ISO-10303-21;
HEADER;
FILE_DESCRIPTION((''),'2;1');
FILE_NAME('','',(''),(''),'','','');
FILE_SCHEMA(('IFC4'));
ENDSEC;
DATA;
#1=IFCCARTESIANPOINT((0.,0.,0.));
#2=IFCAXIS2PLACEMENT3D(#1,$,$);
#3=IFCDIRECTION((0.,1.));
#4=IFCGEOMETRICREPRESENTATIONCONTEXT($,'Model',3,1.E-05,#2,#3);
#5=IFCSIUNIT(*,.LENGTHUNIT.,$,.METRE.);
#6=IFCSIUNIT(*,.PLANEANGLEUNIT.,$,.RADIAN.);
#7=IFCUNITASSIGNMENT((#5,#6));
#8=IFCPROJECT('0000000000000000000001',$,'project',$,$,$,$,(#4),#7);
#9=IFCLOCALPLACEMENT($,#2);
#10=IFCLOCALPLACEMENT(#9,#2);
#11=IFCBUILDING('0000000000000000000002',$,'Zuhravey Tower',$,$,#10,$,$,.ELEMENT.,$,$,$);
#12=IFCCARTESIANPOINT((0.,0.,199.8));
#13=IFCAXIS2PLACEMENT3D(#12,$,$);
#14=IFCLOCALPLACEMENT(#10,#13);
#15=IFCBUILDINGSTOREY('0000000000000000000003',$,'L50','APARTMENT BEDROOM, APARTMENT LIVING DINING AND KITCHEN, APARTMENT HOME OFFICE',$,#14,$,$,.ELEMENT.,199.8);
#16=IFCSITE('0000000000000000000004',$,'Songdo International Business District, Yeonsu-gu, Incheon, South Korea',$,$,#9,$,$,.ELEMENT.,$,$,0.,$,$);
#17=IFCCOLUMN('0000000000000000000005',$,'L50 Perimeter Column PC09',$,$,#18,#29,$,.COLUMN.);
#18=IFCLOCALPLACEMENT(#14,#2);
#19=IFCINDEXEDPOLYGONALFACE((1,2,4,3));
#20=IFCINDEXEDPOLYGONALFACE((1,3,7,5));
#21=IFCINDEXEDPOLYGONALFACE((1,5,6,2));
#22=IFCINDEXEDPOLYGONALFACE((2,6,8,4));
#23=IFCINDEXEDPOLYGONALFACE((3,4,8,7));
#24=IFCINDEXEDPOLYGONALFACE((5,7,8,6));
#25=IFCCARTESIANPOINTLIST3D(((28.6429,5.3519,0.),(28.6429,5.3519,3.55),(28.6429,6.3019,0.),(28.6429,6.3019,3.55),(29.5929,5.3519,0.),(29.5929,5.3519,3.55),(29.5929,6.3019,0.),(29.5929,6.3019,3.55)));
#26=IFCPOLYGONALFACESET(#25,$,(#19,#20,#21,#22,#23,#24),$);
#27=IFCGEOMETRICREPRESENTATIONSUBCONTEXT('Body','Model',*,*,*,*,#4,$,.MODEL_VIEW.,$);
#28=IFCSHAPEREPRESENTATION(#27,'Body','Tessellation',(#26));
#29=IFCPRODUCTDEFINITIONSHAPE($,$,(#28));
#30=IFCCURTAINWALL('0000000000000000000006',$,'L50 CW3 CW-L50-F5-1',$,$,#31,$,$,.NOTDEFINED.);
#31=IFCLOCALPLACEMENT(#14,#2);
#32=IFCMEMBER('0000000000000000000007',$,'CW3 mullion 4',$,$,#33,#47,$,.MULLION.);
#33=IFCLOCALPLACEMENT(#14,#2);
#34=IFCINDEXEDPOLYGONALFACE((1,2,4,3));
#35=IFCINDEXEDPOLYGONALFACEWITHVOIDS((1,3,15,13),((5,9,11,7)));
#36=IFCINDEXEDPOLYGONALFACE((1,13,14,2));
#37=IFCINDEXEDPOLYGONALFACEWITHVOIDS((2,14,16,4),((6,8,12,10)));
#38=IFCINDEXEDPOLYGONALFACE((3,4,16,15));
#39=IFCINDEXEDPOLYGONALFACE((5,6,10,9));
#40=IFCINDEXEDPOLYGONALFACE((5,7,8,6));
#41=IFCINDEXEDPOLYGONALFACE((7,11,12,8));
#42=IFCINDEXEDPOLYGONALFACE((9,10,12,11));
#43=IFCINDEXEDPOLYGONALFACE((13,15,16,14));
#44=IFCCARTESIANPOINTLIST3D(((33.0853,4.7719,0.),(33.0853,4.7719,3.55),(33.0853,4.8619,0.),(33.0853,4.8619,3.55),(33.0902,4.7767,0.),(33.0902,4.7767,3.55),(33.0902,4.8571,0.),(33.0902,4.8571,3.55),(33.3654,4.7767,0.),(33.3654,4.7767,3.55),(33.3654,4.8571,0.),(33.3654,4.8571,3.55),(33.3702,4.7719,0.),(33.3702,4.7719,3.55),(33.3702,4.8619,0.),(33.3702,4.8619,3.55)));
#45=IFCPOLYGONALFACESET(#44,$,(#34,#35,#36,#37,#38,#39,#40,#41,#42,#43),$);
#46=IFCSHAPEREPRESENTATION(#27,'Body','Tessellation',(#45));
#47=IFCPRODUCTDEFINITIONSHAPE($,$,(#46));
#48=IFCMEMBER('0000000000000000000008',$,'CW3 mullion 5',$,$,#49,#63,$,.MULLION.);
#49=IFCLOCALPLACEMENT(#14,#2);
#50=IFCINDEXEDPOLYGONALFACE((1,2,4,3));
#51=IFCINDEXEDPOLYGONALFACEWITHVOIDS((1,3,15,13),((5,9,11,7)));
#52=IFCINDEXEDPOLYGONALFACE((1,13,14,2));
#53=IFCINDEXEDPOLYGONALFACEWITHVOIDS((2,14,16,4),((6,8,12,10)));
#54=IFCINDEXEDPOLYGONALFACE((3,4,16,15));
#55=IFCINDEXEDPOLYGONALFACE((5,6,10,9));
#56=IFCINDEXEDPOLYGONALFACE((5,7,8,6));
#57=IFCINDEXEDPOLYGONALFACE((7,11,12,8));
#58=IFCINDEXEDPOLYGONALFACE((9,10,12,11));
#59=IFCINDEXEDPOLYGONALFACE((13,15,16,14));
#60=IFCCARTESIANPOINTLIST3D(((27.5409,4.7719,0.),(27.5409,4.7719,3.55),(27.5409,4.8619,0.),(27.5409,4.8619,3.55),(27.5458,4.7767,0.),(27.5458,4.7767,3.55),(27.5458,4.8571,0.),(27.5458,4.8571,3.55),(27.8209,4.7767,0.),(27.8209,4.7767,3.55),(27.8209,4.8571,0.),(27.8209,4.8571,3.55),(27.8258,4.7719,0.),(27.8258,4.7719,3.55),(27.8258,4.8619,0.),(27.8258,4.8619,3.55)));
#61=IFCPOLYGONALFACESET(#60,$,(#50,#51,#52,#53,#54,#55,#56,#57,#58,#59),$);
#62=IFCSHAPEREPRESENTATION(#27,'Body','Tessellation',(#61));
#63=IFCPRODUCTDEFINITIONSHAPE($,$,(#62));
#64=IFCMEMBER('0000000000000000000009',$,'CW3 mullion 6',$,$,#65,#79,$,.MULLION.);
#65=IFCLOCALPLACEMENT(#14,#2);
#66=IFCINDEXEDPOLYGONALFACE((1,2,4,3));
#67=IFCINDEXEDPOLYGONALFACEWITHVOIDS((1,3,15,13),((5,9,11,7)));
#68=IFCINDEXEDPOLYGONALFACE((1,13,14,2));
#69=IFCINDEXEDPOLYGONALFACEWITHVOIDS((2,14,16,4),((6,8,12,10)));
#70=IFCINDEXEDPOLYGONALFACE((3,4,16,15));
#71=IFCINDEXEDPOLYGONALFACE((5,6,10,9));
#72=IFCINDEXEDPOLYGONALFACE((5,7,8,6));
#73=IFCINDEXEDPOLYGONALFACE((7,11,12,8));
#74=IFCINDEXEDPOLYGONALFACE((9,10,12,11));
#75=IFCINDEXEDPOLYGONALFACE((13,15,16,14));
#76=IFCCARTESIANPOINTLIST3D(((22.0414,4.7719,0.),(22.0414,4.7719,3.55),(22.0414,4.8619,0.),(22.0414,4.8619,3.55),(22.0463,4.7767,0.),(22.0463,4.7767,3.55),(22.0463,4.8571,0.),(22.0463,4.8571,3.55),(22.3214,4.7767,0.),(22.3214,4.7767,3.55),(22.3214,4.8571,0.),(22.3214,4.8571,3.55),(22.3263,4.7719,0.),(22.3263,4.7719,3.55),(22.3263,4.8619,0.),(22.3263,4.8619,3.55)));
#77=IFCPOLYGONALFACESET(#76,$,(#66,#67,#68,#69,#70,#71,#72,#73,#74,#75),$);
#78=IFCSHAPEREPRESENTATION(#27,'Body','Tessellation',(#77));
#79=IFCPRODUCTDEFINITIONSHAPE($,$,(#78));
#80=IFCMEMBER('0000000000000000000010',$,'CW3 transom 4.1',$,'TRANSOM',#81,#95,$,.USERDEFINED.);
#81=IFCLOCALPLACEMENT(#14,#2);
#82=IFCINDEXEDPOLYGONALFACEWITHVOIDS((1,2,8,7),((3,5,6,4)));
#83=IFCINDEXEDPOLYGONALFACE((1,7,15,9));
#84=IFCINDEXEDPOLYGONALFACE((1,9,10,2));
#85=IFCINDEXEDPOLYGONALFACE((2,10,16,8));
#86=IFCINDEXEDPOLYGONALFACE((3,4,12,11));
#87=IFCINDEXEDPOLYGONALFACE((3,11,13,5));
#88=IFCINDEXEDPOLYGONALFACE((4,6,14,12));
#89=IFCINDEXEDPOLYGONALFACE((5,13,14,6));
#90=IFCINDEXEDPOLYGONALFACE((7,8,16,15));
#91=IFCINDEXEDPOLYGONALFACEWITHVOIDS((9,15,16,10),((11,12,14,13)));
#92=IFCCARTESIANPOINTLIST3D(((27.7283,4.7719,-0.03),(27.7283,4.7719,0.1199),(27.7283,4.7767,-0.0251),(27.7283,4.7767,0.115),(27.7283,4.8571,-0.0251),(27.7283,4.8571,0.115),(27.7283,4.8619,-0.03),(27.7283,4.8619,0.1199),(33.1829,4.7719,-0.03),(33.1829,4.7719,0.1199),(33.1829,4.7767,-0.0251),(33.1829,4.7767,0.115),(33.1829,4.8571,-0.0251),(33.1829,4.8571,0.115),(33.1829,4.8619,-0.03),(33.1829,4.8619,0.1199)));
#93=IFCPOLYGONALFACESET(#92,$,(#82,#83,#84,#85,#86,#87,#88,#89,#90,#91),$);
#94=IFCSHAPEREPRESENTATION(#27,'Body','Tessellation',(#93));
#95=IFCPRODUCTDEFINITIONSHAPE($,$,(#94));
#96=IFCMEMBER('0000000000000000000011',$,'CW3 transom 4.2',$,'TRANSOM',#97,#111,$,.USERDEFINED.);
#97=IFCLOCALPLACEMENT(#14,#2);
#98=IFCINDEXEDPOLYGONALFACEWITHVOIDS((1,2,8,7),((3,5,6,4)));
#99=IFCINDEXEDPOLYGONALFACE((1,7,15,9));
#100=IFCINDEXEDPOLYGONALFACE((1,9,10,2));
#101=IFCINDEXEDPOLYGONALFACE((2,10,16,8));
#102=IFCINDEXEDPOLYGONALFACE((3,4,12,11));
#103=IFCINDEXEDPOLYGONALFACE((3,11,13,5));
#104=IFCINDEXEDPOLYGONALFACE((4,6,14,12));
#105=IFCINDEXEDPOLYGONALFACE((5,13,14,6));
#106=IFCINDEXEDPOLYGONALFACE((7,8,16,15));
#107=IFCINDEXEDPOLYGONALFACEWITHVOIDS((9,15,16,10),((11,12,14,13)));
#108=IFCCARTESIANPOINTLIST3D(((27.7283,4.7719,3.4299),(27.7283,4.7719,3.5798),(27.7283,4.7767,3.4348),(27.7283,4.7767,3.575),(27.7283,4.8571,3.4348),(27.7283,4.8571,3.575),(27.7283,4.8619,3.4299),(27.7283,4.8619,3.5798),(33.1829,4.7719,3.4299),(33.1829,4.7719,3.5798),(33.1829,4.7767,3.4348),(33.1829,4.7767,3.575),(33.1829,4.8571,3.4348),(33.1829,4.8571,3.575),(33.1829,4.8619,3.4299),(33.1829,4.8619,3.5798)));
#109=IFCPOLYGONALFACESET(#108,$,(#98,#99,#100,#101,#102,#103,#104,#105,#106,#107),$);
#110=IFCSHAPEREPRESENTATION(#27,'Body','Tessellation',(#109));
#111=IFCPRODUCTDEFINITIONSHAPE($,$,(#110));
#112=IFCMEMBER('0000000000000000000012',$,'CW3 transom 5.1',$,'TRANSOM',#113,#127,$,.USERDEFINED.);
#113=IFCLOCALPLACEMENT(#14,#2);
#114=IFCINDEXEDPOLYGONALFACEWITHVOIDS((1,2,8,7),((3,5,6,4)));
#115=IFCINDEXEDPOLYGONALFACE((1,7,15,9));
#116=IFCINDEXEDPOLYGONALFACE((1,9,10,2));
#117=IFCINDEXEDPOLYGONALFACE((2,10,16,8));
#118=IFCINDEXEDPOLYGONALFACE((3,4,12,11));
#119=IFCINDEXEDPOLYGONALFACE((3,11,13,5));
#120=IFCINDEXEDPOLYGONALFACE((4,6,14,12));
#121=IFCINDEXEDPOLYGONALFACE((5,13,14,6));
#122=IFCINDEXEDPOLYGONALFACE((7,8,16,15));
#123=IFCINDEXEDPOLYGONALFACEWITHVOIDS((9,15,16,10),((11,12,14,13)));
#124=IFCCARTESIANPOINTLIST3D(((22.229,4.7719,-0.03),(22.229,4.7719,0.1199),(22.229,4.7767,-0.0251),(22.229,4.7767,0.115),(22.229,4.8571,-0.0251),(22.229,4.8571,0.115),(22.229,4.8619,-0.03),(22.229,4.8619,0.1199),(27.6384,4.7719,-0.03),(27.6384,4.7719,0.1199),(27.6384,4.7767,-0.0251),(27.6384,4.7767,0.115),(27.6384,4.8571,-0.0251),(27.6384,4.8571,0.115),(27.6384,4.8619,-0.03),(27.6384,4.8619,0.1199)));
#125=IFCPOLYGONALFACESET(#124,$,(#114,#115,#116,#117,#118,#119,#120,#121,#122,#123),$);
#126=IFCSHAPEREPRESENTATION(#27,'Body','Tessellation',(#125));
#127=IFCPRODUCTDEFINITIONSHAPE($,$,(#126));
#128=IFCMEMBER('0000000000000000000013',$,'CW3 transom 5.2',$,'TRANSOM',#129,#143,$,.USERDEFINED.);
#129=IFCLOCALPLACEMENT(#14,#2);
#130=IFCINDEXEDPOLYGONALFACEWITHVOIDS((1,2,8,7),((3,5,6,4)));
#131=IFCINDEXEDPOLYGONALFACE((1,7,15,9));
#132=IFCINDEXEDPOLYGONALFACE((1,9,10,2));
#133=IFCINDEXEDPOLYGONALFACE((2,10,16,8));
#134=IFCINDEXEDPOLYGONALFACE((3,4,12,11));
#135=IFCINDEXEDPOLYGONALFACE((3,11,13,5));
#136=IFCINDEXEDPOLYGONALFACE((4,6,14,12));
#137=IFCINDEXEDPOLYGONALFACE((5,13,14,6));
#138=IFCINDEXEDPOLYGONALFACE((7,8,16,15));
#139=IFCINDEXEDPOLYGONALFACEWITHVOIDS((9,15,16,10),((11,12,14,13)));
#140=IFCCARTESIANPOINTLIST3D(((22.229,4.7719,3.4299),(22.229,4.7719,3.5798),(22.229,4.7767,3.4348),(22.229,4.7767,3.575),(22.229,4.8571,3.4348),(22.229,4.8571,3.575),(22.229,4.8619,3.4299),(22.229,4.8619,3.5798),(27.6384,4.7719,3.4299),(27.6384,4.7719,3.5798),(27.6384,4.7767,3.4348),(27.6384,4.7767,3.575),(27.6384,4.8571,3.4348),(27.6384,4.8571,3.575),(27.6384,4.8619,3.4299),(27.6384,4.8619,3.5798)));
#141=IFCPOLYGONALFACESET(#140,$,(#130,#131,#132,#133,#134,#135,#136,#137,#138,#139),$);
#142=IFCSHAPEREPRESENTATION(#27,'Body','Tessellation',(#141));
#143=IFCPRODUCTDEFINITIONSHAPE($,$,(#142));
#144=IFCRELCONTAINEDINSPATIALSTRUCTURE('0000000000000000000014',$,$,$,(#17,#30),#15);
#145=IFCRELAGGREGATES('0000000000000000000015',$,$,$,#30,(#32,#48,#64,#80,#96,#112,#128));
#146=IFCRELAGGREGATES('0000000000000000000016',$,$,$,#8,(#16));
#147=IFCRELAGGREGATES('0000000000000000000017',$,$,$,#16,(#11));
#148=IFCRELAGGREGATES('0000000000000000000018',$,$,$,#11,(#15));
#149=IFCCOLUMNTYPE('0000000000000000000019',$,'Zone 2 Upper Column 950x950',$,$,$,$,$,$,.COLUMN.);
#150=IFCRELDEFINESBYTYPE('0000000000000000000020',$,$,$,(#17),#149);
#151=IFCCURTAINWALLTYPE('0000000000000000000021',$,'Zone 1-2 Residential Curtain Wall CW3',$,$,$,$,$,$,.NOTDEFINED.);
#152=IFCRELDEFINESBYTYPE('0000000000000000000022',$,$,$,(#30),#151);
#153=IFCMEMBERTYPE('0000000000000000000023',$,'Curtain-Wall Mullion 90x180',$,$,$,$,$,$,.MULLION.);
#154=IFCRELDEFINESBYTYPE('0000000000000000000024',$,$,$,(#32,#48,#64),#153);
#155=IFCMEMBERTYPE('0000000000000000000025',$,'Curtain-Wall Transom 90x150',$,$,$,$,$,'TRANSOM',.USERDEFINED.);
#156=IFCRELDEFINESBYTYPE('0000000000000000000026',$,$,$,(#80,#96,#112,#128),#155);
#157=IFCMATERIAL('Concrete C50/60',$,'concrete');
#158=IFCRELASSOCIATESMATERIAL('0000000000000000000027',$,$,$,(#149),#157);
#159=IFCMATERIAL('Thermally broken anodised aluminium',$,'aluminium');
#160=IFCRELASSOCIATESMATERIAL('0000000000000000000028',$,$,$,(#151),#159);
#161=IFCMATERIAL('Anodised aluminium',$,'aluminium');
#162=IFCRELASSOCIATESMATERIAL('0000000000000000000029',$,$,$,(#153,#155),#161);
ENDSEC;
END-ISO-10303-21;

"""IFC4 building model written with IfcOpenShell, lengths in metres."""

from ifc_helpers import new_model, si_unit, direction, frame, origin, origin_2d, place, context, subcontext, project, spatial, rectangle, hollow_rectangle, extrude, material, material_profile, profile_set, type_object, element, aggregate, save


model = new_model("IFC4")

# Units and contexts
model_context = context("Model", 3, precision=1e-05, world=origin(), true_north=direction((0.0, 1.0)))
body_context = subcontext(model_context, "Body", "Model", "MODEL_VIEW")
ifc_project = project(units=[si_unit("LENGTHUNIT", "METRE"), si_unit("PLANEANGLEUNIT", "RADIAN")], contexts=[model_context])

# Site, building, storey
site_placement = place(None, origin())
site = spatial("IfcSite", under=ifc_project, at=site_placement, Name="Songdo International Business District, Yeonsu-gu, Incheon, South Korea", CompositionType="ELEMENT", RefElevation=0.0)
building_placement = place(site_placement, origin())
building = spatial("IfcBuilding", under=site, at=building_placement, Name="Zuhravey Tower", CompositionType="ELEMENT")
storey_placement = place(building_placement, frame((0.0, 0.0, 199.8)))
storey = spatial("IfcBuildingStorey", under=building, at=storey_placement, Name="L50", Description="APARTMENT BEDROOM, APARTMENT LIVING DINING AND KITCHEN, APARTMENT HOME OFFICE", CompositionType="ELEMENT", Elevation=199.8)

# Column
ifc_material_1 = material(Name="Concrete C50/60", Category="concrete")
ifc_material_profile_1 = material_profile(ifc_material_1, rectangle(XDim=0.95, YDim=0.95, at=origin_2d()), Name="RC-950x950")
ifc_profile_set_1 = profile_set([ifc_material_profile_1], Name="Concrete C50/60")
column_type = type_object("IfcColumnType", Name="Zone 2 Upper Column 950x950", PredefinedType="COLUMN", material=ifc_profile_set_1)
column_placement = place(storey_placement, frame((29.1179, 5.8269, 0.0), z_axis=(0.0, 0.0, 1.0), x_axis=(1.0, 0.0, 0.0)))
element("IfcColumn", 1, at=column_placement, inside=storey, type_object=column_type, Name="L50 Perimeter Column PC09", PredefinedType="COLUMN", context=body_context, shape_type="SweptSolid", body=[
    extrude(rectangle(XDim=0.95, YDim=0.95, at=origin_2d()), origin(), (0.0, 0.0, 1.0), 3.55),
])

# Curtain wall, members
ifc_material_2 = material(Name="Thermally broken anodised aluminium", Category="aluminium")
curtain_wall_type = type_object("IfcCurtainWallType", Name="Zone 1-2 Residential Curtain Wall CW3", PredefinedType="NOTDEFINED", material=ifc_material_2)
curtain_wall_placement = place(storey_placement, origin())
curtain_wall = element("IfcCurtainWall", 2, at=curtain_wall_placement, inside=storey, type_object=curtain_wall_type, Name="L50 CW3 CW-L50-F5-1", PredefinedType="NOTDEFINED")
ifc_material_3 = material(Name="Anodised aluminium", Category="aluminium")
ifc_material_profile_2 = material_profile(ifc_material_3, hollow_rectangle(XDim=0.0901, YDim=0.2849, WallThickness=0.0049, at=origin_2d()), Name="ALU-RHS-90x285x5")
ifc_profile_set_2 = profile_set([ifc_material_profile_2], Name="Anodised aluminium")
member_type_1 = type_object("IfcMemberType", Name="Curtain-Wall Mullion 90x180", PredefinedType="MULLION", material=ifc_profile_set_2)
member_1_placement = place(storey_placement, frame((33.2278, 4.8169, 0.0), z_axis=(0.0, 0.0, 1.0), x_axis=(0.0, -1.0, 0.0)))
member_1 = element("IfcMember", 3, at=member_1_placement, type_object=member_type_1, Name="CW3 mullion 4", PredefinedType="MULLION", context=body_context, shape_type="SweptSolid", body=[
    extrude(hollow_rectangle(XDim=0.0901, YDim=0.2849, WallThickness=0.0049, at=origin_2d()), origin(), (0.0, 0.0, 1.0), 3.55),
])
member_2_placement = place(storey_placement, frame((27.6833, 4.8169, 0.0), z_axis=(0.0, 0.0, 1.0), x_axis=(0.0, -1.0, 0.0)))
member_2 = element("IfcMember", 4, at=member_2_placement, type_object=member_type_1, Name="CW3 mullion 5", PredefinedType="MULLION", context=body_context, shape_type="SweptSolid", body=[
    extrude(hollow_rectangle(XDim=0.0901, YDim=0.2849, WallThickness=0.0049, at=origin_2d()), origin(), (0.0, 0.0, 1.0), 3.55),
])
member_3_placement = place(storey_placement, frame((22.1838, 4.8169, 0.0), z_axis=(0.0, 0.0, 1.0), x_axis=(0.0, -1.0, 0.0)))
member_3 = element("IfcMember", 5, at=member_3_placement, type_object=member_type_1, Name="CW3 mullion 6", PredefinedType="MULLION", context=body_context, shape_type="SweptSolid", body=[
    extrude(hollow_rectangle(XDim=0.0901, YDim=0.2849, WallThickness=0.0049, at=origin_2d()), origin(), (0.0, 0.0, 1.0), 3.55),
])
ifc_material_profile_3 = material_profile(ifc_material_3, hollow_rectangle(XDim=0.0901, YDim=0.1499, WallThickness=0.0049, at=origin_2d()), Name="ALU-RHS-90x150x5")
ifc_profile_set_3 = profile_set([ifc_material_profile_3], Name="Anodised aluminium")
member_type_2 = type_object("IfcMemberType", Name="Curtain-Wall Transom 90x150", ElementType="TRANSOM", PredefinedType="USERDEFINED", material=ifc_profile_set_3)
member_4_placement = place(storey_placement, frame((33.1829, 4.8169, 0.0449), z_axis=(-1.0, 0.0, 0.0), x_axis=(0.0, -1.0, 0.0)))
member_4 = element("IfcMember", 6, at=member_4_placement, type_object=member_type_2, Name="CW3 transom 4.1", ObjectType="TRANSOM", PredefinedType="USERDEFINED", context=body_context, shape_type="SweptSolid", body=[
    extrude(hollow_rectangle(XDim=0.0901, YDim=0.1499, WallThickness=0.0049, at=origin_2d()), origin(), (0.0, 0.0, 1.0), 5.4546),
])
member_5_placement = place(storey_placement, frame((33.1829, 4.8169, 3.5049), z_axis=(-1.0, 0.0, 0.0), x_axis=(0.0, -1.0, 0.0)))
member_5 = element("IfcMember", 7, at=member_5_placement, type_object=member_type_2, Name="CW3 transom 4.2", ObjectType="TRANSOM", PredefinedType="USERDEFINED", context=body_context, shape_type="SweptSolid", body=[
    extrude(hollow_rectangle(XDim=0.0901, YDim=0.1499, WallThickness=0.0049, at=origin_2d()), origin(), (0.0, 0.0, 1.0), 5.4546),
])
member_6_placement = place(storey_placement, frame((27.6384, 4.8169, 0.0449), z_axis=(-1.0, 0.0, 0.0), x_axis=(0.0, -1.0, 0.0)))
member_6 = element("IfcMember", 8, at=member_6_placement, type_object=member_type_2, Name="CW3 transom 5.1", ObjectType="TRANSOM", PredefinedType="USERDEFINED", context=body_context, shape_type="SweptSolid", body=[
    extrude(hollow_rectangle(XDim=0.0901, YDim=0.1499, WallThickness=0.0049, at=origin_2d()), origin(), (0.0, 0.0, 1.0), 5.4094),
])
member_7_placement = place(storey_placement, frame((27.6384, 4.8169, 3.5049), z_axis=(-1.0, 0.0, 0.0), x_axis=(0.0, -1.0, 0.0)))
member_7 = element("IfcMember", 9, at=member_7_placement, type_object=member_type_2, Name="CW3 transom 5.2", ObjectType="TRANSOM", PredefinedType="USERDEFINED", context=body_context, shape_type="SweptSolid", body=[
    extrude(hollow_rectangle(XDim=0.0901, YDim=0.1499, WallThickness=0.0049, at=origin_2d()), origin(), (0.0, 0.0, 1.0), 5.4094),
])

aggregate(curtain_wall, [member_1, member_2, member_3, member_4, member_5, member_6, member_7])

save(model, "model.ifc")
